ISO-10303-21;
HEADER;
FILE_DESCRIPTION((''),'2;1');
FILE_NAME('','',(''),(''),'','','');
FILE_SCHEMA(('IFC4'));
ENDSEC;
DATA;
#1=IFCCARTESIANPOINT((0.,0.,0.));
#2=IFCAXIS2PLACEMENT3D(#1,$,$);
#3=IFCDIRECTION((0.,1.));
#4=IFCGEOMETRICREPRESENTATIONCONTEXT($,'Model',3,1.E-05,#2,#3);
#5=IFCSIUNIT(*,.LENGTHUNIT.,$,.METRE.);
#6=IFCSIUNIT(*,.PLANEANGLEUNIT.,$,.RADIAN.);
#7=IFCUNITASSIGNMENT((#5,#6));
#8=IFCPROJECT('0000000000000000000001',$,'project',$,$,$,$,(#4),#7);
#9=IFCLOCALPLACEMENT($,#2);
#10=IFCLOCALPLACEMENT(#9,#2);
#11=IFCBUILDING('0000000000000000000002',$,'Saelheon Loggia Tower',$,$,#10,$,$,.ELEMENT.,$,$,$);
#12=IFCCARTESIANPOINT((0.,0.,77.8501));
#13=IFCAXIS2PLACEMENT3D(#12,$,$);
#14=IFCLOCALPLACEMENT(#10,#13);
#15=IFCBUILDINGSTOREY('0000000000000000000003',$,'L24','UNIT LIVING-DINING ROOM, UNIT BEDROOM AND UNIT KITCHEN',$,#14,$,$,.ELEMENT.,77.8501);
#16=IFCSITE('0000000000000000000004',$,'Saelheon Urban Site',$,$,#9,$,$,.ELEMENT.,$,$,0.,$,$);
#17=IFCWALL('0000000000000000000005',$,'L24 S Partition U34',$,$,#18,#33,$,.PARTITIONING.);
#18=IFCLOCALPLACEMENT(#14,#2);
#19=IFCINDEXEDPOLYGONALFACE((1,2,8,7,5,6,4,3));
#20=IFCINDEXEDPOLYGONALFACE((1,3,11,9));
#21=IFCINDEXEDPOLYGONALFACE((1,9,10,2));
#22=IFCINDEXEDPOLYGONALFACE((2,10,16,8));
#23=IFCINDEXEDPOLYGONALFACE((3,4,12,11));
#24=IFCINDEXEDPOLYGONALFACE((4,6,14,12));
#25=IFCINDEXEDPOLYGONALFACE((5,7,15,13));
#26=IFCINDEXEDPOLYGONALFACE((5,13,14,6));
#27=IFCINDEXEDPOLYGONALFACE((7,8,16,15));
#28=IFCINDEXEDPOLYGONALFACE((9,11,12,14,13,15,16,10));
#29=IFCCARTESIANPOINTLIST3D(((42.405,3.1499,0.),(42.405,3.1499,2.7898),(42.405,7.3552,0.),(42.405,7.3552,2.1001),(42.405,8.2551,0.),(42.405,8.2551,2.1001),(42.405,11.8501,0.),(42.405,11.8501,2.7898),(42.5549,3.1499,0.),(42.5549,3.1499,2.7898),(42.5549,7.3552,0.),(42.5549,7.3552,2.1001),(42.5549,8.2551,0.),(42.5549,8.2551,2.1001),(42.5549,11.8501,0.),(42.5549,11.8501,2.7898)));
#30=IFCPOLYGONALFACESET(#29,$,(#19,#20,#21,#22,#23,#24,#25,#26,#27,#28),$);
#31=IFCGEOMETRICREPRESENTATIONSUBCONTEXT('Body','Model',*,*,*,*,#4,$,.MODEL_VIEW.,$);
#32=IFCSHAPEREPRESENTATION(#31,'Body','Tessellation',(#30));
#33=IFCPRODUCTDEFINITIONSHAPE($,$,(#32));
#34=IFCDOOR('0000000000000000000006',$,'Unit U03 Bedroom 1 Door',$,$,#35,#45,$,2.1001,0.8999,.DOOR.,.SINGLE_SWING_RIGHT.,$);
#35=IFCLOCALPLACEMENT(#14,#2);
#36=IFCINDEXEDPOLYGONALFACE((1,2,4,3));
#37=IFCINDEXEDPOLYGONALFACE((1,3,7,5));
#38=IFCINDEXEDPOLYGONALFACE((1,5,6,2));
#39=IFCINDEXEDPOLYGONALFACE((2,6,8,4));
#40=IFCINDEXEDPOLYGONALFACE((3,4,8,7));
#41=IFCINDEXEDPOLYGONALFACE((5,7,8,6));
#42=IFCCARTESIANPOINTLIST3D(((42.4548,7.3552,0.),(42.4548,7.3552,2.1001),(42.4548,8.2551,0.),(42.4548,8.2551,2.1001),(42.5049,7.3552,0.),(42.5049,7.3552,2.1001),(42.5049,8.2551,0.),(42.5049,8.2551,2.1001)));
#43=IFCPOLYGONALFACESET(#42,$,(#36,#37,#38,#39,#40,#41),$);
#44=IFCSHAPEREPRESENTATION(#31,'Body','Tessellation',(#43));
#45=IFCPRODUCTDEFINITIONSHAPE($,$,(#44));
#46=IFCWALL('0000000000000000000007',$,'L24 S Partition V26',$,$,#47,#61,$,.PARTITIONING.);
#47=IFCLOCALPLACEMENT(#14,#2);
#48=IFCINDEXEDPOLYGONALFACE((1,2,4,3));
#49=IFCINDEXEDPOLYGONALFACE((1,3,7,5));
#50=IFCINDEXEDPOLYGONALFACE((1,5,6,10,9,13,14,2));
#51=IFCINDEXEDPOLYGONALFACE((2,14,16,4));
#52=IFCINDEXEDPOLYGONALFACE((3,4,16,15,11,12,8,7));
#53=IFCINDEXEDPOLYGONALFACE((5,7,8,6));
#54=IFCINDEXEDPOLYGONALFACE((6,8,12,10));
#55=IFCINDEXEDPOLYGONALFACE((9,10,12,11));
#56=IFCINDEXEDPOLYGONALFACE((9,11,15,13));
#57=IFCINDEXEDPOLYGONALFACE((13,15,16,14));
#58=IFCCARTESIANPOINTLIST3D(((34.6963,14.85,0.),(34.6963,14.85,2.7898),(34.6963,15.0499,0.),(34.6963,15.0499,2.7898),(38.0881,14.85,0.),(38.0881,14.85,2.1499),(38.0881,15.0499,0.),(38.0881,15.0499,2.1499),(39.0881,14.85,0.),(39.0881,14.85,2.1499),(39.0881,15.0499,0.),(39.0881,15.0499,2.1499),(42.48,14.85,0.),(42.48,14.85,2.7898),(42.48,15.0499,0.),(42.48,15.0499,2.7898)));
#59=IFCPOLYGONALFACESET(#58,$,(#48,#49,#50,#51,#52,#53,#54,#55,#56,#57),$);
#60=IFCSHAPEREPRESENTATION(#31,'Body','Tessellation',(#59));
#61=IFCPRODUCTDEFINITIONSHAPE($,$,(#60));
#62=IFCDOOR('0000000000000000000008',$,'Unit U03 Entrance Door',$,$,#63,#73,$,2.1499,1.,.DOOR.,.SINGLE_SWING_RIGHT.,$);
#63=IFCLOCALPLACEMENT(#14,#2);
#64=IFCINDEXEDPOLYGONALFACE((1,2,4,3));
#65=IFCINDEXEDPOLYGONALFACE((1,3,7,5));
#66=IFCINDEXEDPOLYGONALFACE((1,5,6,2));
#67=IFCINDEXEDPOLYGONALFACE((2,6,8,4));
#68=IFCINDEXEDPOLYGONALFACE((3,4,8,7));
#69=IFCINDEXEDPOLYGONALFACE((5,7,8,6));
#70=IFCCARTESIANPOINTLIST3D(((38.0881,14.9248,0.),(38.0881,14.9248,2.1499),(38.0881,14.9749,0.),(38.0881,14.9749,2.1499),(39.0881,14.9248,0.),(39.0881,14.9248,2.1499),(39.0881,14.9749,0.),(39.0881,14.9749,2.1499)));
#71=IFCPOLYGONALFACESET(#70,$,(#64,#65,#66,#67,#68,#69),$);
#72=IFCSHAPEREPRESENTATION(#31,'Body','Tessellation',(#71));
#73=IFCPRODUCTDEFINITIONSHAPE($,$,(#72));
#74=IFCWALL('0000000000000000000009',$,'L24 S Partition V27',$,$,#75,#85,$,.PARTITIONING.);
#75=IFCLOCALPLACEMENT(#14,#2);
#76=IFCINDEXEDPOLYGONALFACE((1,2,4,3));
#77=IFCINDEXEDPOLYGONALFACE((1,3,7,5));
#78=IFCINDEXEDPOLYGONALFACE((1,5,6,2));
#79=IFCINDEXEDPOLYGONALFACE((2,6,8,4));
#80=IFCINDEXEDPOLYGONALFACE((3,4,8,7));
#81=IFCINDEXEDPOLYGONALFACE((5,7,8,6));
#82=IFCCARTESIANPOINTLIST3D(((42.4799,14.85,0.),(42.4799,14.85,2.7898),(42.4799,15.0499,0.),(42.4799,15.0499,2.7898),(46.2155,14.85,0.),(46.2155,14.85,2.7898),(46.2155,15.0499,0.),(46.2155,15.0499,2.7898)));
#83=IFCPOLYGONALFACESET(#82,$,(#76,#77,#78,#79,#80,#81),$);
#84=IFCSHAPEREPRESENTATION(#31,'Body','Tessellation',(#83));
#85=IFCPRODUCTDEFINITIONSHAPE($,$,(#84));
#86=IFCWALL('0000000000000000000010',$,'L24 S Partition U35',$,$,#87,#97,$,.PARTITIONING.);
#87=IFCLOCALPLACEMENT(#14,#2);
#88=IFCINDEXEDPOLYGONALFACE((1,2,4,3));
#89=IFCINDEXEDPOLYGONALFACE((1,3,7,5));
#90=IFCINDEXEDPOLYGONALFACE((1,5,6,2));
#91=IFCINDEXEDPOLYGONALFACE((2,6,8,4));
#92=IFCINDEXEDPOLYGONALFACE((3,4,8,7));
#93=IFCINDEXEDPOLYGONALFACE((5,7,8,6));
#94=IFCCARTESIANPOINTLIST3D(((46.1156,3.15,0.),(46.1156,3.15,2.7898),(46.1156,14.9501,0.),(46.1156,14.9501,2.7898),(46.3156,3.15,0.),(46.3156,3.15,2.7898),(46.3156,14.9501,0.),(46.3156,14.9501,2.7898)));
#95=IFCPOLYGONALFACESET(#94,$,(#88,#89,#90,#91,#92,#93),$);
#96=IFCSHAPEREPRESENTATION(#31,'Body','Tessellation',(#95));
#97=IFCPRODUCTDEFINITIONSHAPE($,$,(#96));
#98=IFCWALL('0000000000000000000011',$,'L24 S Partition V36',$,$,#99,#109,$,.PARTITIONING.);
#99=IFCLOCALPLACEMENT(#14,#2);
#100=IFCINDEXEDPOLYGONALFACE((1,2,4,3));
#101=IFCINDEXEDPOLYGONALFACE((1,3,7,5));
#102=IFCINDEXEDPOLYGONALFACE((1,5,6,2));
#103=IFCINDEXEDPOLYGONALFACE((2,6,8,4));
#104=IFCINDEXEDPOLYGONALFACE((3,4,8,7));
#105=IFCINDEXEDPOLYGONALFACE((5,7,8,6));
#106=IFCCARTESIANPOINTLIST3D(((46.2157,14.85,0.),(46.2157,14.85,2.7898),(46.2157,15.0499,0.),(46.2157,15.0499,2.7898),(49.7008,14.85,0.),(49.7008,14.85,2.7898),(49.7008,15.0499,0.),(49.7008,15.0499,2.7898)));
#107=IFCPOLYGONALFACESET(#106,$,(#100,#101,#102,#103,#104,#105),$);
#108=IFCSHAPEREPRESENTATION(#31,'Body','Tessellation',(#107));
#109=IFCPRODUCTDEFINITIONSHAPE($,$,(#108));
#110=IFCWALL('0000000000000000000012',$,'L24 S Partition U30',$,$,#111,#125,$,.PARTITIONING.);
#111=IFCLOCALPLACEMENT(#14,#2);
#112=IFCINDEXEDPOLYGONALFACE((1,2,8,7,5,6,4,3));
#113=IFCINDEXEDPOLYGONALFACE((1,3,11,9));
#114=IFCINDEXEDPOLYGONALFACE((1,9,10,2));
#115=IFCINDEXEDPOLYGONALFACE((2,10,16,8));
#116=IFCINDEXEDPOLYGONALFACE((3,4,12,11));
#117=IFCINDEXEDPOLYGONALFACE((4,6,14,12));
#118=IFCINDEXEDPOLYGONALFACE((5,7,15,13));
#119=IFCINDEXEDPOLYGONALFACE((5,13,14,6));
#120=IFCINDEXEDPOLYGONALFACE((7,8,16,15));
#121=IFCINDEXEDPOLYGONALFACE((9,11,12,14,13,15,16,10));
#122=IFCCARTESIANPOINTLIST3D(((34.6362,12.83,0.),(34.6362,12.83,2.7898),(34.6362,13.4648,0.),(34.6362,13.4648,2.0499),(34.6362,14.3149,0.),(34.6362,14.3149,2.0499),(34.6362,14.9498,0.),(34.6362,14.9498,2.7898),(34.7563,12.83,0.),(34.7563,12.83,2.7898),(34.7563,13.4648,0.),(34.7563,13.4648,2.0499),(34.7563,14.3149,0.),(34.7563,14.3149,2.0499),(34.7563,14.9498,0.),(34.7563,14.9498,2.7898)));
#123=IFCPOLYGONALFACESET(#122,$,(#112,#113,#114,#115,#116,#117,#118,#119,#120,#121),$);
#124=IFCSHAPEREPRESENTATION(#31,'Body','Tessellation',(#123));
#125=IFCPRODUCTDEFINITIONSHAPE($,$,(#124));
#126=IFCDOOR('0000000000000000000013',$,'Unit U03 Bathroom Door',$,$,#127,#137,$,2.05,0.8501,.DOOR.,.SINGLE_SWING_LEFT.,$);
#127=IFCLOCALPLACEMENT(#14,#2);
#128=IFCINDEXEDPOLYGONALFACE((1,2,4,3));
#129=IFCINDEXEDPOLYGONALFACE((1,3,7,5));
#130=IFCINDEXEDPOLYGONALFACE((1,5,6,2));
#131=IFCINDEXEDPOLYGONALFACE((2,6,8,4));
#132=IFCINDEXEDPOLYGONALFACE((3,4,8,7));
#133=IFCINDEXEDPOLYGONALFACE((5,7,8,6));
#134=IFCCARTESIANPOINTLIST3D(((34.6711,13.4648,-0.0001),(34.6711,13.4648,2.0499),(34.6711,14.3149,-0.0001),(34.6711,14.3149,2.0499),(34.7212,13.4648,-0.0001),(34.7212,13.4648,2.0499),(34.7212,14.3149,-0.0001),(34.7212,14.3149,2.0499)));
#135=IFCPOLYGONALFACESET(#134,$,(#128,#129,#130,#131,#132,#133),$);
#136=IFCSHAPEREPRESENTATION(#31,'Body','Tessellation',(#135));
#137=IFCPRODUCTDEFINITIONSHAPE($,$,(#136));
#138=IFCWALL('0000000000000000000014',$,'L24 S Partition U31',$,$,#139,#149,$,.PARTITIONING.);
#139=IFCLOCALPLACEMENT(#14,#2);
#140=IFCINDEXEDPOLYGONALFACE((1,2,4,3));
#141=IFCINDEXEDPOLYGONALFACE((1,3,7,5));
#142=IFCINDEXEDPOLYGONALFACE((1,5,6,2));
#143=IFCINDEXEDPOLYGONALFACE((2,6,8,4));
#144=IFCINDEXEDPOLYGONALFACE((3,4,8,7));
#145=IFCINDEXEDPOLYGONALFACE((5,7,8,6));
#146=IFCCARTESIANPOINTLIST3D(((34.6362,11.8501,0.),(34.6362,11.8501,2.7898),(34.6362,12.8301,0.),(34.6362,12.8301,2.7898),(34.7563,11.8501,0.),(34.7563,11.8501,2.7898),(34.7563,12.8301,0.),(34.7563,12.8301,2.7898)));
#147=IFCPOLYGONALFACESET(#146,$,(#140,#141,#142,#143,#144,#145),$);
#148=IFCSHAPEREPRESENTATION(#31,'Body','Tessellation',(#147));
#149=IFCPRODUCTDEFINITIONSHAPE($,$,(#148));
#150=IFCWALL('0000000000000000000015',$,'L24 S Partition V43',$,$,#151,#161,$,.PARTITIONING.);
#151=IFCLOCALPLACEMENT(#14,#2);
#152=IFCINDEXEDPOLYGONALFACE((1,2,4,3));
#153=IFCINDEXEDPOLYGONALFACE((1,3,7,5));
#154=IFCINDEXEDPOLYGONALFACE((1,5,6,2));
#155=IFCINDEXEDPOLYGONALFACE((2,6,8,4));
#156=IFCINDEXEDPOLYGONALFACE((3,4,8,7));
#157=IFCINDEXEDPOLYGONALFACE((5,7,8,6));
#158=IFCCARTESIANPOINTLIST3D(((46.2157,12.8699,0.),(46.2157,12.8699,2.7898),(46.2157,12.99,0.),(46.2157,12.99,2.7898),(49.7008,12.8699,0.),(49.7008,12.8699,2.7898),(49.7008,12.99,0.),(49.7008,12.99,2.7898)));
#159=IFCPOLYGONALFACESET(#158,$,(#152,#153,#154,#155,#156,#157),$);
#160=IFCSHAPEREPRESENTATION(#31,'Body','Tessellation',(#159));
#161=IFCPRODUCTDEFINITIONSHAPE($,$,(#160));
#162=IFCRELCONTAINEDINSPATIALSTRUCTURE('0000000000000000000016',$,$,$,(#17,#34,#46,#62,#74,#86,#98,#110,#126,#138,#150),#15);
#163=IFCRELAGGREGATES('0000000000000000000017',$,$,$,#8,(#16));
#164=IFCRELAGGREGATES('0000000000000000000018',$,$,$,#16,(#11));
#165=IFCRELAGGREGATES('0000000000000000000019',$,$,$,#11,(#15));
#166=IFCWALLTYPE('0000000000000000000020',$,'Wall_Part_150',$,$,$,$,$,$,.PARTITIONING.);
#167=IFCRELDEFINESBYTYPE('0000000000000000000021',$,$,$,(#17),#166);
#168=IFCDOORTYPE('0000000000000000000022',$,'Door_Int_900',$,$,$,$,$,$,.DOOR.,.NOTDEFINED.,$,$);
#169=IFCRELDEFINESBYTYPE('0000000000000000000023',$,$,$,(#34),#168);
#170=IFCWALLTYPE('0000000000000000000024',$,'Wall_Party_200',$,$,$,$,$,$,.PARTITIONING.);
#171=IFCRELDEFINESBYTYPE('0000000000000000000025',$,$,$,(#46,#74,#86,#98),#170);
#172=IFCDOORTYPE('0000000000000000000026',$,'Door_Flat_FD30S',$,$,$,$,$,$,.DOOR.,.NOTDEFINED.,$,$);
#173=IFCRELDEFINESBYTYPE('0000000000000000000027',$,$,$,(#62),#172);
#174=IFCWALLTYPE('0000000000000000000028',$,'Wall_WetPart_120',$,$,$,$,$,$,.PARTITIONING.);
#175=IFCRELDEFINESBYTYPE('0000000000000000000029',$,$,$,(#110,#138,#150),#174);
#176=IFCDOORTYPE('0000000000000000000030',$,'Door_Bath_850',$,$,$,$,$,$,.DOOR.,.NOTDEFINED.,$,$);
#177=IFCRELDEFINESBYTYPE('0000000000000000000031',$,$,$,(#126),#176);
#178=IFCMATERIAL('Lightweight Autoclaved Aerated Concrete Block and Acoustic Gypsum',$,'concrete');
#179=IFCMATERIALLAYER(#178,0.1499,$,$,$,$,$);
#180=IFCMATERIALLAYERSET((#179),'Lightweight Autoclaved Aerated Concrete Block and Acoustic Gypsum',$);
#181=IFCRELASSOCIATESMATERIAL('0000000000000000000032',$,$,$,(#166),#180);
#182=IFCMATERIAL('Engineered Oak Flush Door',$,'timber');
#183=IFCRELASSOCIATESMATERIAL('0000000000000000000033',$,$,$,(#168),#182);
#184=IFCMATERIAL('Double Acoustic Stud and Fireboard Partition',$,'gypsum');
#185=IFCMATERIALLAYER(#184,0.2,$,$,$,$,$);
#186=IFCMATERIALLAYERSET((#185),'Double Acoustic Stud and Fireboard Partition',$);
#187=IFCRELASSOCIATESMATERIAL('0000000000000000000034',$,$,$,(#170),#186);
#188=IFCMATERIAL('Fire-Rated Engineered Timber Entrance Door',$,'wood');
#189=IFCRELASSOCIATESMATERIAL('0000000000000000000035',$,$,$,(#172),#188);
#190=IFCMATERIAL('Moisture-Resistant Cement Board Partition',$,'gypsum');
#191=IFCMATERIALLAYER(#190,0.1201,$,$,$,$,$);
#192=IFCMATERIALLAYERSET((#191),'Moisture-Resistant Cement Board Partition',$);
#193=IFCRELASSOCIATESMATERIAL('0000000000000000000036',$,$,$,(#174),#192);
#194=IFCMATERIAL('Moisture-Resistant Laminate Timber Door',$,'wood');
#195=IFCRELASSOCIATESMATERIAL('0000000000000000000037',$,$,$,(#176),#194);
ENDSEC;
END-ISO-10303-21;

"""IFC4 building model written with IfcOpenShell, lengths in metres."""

from ifc_helpers import new_model, si_unit, direction, frame, frame_2d, origin, place, context, subcontext, project, spatial, rectangle, extrude, source, transform, mapped, material, layer, layer_set, type_object, element, fill, save


model = new_model("IFC4")

# Units and contexts
model_context = context("Model", 3, precision=1e-05, world=origin(), true_north=direction((0.0, 1.0)))
body_context = subcontext(model_context, "Body", "Model", "MODEL_VIEW")
ifc_project = project(units=[si_unit("LENGTHUNIT", "METRE"), si_unit("PLANEANGLEUNIT", "RADIAN")], contexts=[model_context])

# Site, building, storey
site_placement = place(None, origin())
site = spatial("IfcSite", under=ifc_project, at=site_placement, Name="Saelheon Urban Site", CompositionType="ELEMENT", RefElevation=0.0)
building_placement = place(site_placement, origin())
building = spatial("IfcBuilding", under=site, at=building_placement, Name="Saelheon Loggia Tower", CompositionType="ELEMENT")
storey_placement = place(building_placement, frame((0.0, 0.0, 77.8501)))
storey = spatial("IfcBuildingStorey", under=building, at=storey_placement, Name="L24", Description="UNIT LIVING-DINING ROOM, UNIT BEDROOM AND UNIT KITCHEN", CompositionType="ELEMENT", Elevation=77.8501)

# Shared definitions
ifc_material_1 = material(Name="Lightweight Autoclaved Aerated Concrete Block and Acoustic Gypsum", Category="concrete")
ifc_layer_1 = layer(ifc_material_1, 0.1499)
ifc_layer_set_1 = layer_set([ifc_layer_1], Name="Lightweight Autoclaved Aerated Concrete Block and Acoustic Gypsum")
wall_type_1 = type_object("IfcWallType", Name="Wall_Part_150", PredefinedType="PARTITIONING", material=ifc_layer_set_1)

# Walls, openings, doors
ifc_material_2 = material(Name="Engineered Oak Flush Door", Category="timber")
door_type_1 = type_object("IfcDoorType", Name="Door_Int_900", OperationType="NOTDEFINED", PredefinedType="DOOR", material=ifc_material_2)
shared_shape_1 = source(origin(), body_context, "Body", "SweptSolid", [
    extrude(rectangle(XDim=0.8999, YDim=2.1001, at=frame_2d((0.45, 1.05))), frame((0.0, 0.0249, 0.0), z_axis=(0.0, -1.0, 0.0), x_axis=(1.0, 0.0, 0.0)), (0.0, 0.0, 1.0), 0.05),
])
wall_1_placement = place(storey_placement, frame((42.48, 11.8501, 0.0), z_axis=(0.0, 0.0, 1.0), x_axis=(0.0, -1.0, 0.0)))
wall_1 = element("IfcWall", 1, at=wall_1_placement, inside=storey, type_object=wall_type_1, Name="L24 S Partition U34", PredefinedType="PARTITIONING", context=body_context, shape_type="SweptSolid", body=[
    extrude(rectangle(XDim=8.7002, YDim=0.1499, at=frame_2d((4.3501, 0.0))), origin(), (0.0, 0.0, 1.0), 2.7898),
])
opening_1_placement = place(wall_1_placement, frame((3.595, 0.0, 0.0)))
opening_1 = element("IfcOpeningElement", 2, at=opening_1_placement, cuts=wall_1, PredefinedType="OPENING", context=body_context, shape_type="SweptSolid", body=[
    extrude(rectangle(XDim=0.8999, YDim=2.1001, at=frame_2d((0.45, 1.05))), frame((0.0, 0.0869, 0.0), z_axis=(0.0, -1.0, 0.0), x_axis=(1.0, 0.0, 0.0)), (0.0, 0.0, 1.0), 0.1738),
])
door_1_placement = place(opening_1_placement, origin())
door_1 = element("IfcDoor", 3, at=door_1_placement, inside=storey, type_object=door_type_1, Name="Unit U03 Bedroom 1 Door", OperationType="SINGLE_SWING_RIGHT", OverallHeight=2.1001, OverallWidth=0.8999, PredefinedType="DOOR", context=body_context, shape_type="MappedRepresentation", body=[
    mapped(shared_shape_1, transform((0.0, 0.0, 0.0), scale=1.0)),
])
fill(opening_1, door_1)
ifc_material_3 = material(Name="Double Acoustic Stud and Fireboard Partition", Category="gypsum")
ifc_layer_2 = layer(ifc_material_3, 0.2)
ifc_layer_set_2 = layer_set([ifc_layer_2], Name="Double Acoustic Stud and Fireboard Partition")
wall_type_2 = type_object("IfcWallType", Name="Wall_Party_200", PredefinedType="PARTITIONING", material=ifc_layer_set_2)
wall_2_placement = place(storey_placement, frame((34.6963, 14.95, 0.0), z_axis=(0.0, 0.0, 1.0), x_axis=(1.0, 0.0, 0.0)))
wall_2 = element("IfcWall", 4, at=wall_2_placement, inside=storey, type_object=wall_type_2, Name="L24 S Partition V26", PredefinedType="PARTITIONING", context=body_context, shape_type="SweptSolid", body=[
    extrude(rectangle(XDim=7.7837, YDim=0.2, at=frame_2d((3.8918, 0.0))), origin(), (0.0, 0.0, 1.0), 2.7898),
])
opening_2_placement = place(wall_2_placement, frame((3.3918, 0.0, 0.0)))
opening_2 = element("IfcOpeningElement", 5, at=opening_2_placement, cuts=wall_2, PredefinedType="OPENING", context=body_context, shape_type="SweptSolid", body=[
    extrude(rectangle(XDim=1.0, YDim=2.1499, at=frame_2d((0.5, 1.075))), frame((0.0, 0.1121, 0.0), z_axis=(0.0, -1.0, 0.0), x_axis=(1.0, 0.0, 0.0)), (0.0, 0.0, 1.0), 0.2239),
])
ifc_material_4 = material(Name="Fire-Rated Engineered Timber Entrance Door", Category="wood")
door_type_2 = type_object("IfcDoorType", Name="Door_Flat_FD30S", OperationType="NOTDEFINED", PredefinedType="DOOR", material=ifc_material_4)
shared_shape_2 = source(origin(), body_context, "Body", "SweptSolid", [
    extrude(rectangle(XDim=1.0, YDim=2.1499, at=frame_2d((0.5, 1.075))), frame((0.0, 0.0249, 0.0), z_axis=(0.0, -1.0, 0.0), x_axis=(1.0, 0.0, 0.0)), (0.0, 0.0, 1.0), 0.05),
])
door_2_placement = place(opening_2_placement, origin())
door_2 = element("IfcDoor", 6, at=door_2_placement, inside=storey, type_object=door_type_2, Name="Unit U03 Entrance Door", OperationType="SINGLE_SWING_RIGHT", OverallHeight=2.1499, OverallWidth=1.0, PredefinedType="DOOR", context=body_context, shape_type="MappedRepresentation", body=[
    mapped(shared_shape_2, transform((0.0, 0.0, 0.0), scale=1.0)),
])
fill(opening_2, door_2)

# Walls
wall_3_placement = place(storey_placement, frame((42.48, 14.95, 0.0), z_axis=(0.0, 0.0, 1.0), x_axis=(1.0, 0.0, 0.0)))
element("IfcWall", 7, at=wall_3_placement, inside=storey, type_object=wall_type_2, Name="L24 S Partition V27", PredefinedType="PARTITIONING", context=body_context, shape_type="SweptSolid", body=[
    extrude(rectangle(XDim=3.7356, YDim=0.2, at=frame_2d((1.8677, 0.0))), origin(), (0.0, 0.0, 1.0), 2.7898),
])
wall_4_placement = place(storey_placement, frame((46.2156, 14.95, 0.0), z_axis=(0.0, 0.0, 1.0), x_axis=(0.0, -1.0, 0.0)))
element("IfcWall", 8, at=wall_4_placement, inside=storey, type_object=wall_type_2, Name="L24 S Partition U35", PredefinedType="PARTITIONING", context=body_context, shape_type="SweptSolid", body=[
    extrude(rectangle(XDim=11.8, YDim=0.2, at=frame_2d((5.8999, 0.0))), origin(), (0.0, 0.0, 1.0), 2.7898),
])
wall_5_placement = place(storey_placement, frame((46.2156, 14.95, 0.0), z_axis=(0.0, 0.0, 1.0), x_axis=(1.0, 0.0, 0.0)))
element("IfcWall", 9, at=wall_5_placement, inside=storey, type_object=wall_type_2, Name="L24 S Partition V36", PredefinedType="PARTITIONING", context=body_context, shape_type="SweptSolid", body=[
    extrude(rectangle(XDim=3.4851, YDim=0.2, at=frame_2d((1.7427, 0.0))), origin(), (0.0, 0.0, 1.0), 2.7898),
])

# Wall, opening, door
ifc_material_5 = material(Name="Moisture-Resistant Cement Board Partition", Category="gypsum")
ifc_layer_3 = layer(ifc_material_5, 0.1201)
ifc_layer_set_3 = layer_set([ifc_layer_3], Name="Moisture-Resistant Cement Board Partition")
wall_type_3 = type_object("IfcWallType", Name="Wall_WetPart_120", PredefinedType="PARTITIONING", material=ifc_layer_set_3)
wall_6_placement = place(storey_placement, frame((34.6963, 14.95, 0.0), z_axis=(0.0, 0.0, 1.0), x_axis=(0.0, -1.0, 0.0)))
wall_6 = element("IfcWall", 10, at=wall_6_placement, inside=storey, type_object=wall_type_3, Name="L24 S Partition U30", PredefinedType="PARTITIONING", context=body_context, shape_type="SweptSolid", body=[
    extrude(rectangle(XDim=2.1199, YDim=0.1201, at=frame_2d((1.0601, 0.0))), origin(), (0.0, 0.0, 1.0), 2.7898),
])
opening_3_placement = place(wall_6_placement, frame((0.635, 0.0, 0.0)))
opening_3 = element("IfcOpeningElement", 11, at=opening_3_placement, cuts=wall_6, PredefinedType="OPENING", context=body_context, shape_type="SweptSolid", body=[
    extrude(rectangle(XDim=0.8501, YDim=2.05, at=frame_2d((0.425, 1.0249))), frame((0.0, 0.072, 0.0), z_axis=(0.0, -1.0, 0.0), x_axis=(1.0, 0.0, 0.0)), (0.0, 0.0, 1.0), 0.144),
])
ifc_material_6 = material(Name="Moisture-Resistant Laminate Timber Door", Category="wood")
door_type_3 = type_object("IfcDoorType", Name="Door_Bath_850", OperationType="NOTDEFINED", PredefinedType="DOOR", material=ifc_material_6)
shared_shape_3 = source(origin(), body_context, "Body", "SweptSolid", [
    extrude(rectangle(XDim=0.8501, YDim=2.05, at=frame_2d((0.425, 1.0249))), frame((0.0, 0.0249, 0.0), z_axis=(0.0, -1.0, 0.0), x_axis=(1.0, 0.0, 0.0)), (0.0, 0.0, 1.0), 0.05),
])
door_3_placement = place(opening_3_placement, origin())
door_3 = element("IfcDoor", 12, at=door_3_placement, inside=storey, type_object=door_type_3, Name="Unit U03 Bathroom Door", OperationType="SINGLE_SWING_LEFT", OverallHeight=2.05, OverallWidth=0.8501, PredefinedType="DOOR", context=body_context, shape_type="MappedRepresentation", body=[
    mapped(shared_shape_3, transform((0.0, 0.0, 0.0), scale=1.0)),
])
fill(opening_3, door_3)

# Walls
wall_7_placement = place(storey_placement, frame((34.6963, 12.8301, 0.0), z_axis=(0.0, 0.0, 1.0), x_axis=(0.0, -1.0, 0.0)))
element("IfcWall", 13, at=wall_7_placement, inside=storey, type_object=wall_type_3, Name="L24 S Partition U31", PredefinedType="PARTITIONING", context=body_context, shape_type="SweptSolid", body=[
    extrude(rectangle(XDim=0.98, YDim=0.1201, at=frame_2d((0.49, 0.0))), origin(), (0.0, 0.0, 1.0), 2.7898),
])
wall_8_placement = place(storey_placement, frame((46.2156, 12.9299, 0.0), z_axis=(0.0, 0.0, 1.0), x_axis=(1.0, 0.0, 0.0)))
element("IfcWall", 14, at=wall_8_placement, inside=storey, type_object=wall_type_3, Name="L24 S Partition V43", PredefinedType="PARTITIONING", context=body_context, shape_type="SweptSolid", body=[
    extrude(rectangle(XDim=3.4851, YDim=0.1201, at=frame_2d((1.7427, 0.0))), origin(), (0.0, 0.0, 1.0), 2.7898),
])

save(model, "model.ifc")
